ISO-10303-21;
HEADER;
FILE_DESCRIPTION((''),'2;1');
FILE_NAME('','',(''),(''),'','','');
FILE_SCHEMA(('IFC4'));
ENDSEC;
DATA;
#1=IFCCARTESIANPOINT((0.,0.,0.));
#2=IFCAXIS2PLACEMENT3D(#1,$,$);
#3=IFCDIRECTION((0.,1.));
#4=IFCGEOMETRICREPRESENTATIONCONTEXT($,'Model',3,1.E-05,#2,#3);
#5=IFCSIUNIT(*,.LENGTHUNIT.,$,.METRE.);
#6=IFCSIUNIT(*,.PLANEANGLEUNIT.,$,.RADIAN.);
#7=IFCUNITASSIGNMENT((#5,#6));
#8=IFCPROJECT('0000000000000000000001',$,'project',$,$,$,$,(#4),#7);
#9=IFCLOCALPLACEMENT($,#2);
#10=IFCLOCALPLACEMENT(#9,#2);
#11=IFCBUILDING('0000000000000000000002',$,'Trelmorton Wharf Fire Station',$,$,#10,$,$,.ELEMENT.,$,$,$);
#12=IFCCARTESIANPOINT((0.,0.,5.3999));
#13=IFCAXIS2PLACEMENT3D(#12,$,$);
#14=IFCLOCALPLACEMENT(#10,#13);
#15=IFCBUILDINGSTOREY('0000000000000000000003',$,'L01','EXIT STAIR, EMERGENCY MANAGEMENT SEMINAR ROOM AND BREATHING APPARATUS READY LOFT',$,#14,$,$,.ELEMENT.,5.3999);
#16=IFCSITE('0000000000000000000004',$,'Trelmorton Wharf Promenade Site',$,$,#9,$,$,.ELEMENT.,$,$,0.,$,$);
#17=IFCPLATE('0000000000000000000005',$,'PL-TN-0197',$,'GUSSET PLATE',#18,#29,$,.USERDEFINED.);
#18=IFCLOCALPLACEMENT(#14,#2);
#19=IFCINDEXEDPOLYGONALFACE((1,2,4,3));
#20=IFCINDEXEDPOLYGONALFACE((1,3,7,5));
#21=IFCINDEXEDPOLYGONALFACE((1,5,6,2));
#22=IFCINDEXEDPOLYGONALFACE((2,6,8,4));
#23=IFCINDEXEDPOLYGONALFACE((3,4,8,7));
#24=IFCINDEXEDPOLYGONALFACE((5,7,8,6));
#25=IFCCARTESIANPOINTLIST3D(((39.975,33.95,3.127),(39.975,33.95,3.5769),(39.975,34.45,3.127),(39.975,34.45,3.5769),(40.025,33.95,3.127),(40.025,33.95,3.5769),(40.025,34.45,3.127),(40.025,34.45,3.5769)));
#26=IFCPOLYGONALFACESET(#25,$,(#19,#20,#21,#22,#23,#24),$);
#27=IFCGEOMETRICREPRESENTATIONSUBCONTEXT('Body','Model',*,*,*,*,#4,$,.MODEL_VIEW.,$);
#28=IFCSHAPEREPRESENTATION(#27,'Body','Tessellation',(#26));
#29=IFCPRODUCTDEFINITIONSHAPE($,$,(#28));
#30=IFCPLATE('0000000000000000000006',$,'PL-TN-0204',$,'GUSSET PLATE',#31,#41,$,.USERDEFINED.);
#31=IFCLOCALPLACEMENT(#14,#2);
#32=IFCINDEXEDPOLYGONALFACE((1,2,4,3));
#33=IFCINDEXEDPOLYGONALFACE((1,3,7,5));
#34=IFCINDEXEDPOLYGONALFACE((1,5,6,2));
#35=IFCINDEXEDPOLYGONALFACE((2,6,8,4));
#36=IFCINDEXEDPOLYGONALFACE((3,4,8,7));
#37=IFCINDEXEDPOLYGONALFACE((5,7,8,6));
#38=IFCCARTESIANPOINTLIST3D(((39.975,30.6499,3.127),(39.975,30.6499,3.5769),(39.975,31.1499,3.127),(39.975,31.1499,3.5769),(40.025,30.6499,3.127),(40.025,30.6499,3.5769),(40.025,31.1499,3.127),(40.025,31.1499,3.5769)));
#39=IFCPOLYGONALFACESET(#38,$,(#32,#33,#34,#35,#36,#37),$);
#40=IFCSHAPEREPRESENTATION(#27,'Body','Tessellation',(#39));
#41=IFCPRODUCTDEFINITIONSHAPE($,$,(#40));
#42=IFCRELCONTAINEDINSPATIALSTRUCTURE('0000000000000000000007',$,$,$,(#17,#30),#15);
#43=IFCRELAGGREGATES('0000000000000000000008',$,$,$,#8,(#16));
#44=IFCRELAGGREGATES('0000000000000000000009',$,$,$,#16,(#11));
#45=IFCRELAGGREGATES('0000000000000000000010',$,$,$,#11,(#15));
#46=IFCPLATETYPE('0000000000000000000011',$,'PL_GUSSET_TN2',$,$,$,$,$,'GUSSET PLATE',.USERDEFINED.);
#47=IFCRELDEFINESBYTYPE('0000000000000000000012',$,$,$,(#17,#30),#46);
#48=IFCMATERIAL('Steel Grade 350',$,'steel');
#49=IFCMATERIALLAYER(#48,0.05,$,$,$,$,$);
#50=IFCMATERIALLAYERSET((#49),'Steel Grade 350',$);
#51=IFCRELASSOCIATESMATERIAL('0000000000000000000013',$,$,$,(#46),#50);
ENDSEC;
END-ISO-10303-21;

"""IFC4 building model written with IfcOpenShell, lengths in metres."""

from ifc_helpers import new_model, si_unit, direction, frame, origin, origin_2d, place, context, subcontext, project, spatial, rectangle, extrude, material, layer, layer_set, type_object, element, save


model = new_model("IFC4")

# Units and contexts
model_context = context("Model", 3, precision=1e-05, world=origin(), true_north=direction((0.0, 1.0)))
body_context = subcontext(model_context, "Body", "Model", "MODEL_VIEW")
ifc_project = project(units=[si_unit("LENGTHUNIT", "METRE"), si_unit("PLANEANGLEUNIT", "RADIAN")], contexts=[model_context])

# Site, building, storey
site_placement = place(None, origin())
site = spatial("IfcSite", under=ifc_project, at=site_placement, Name="Trelmorton Wharf Promenade Site", CompositionType="ELEMENT", RefElevation=0.0)
building_placement = place(site_placement, origin())
building = spatial("IfcBuilding", under=site, at=building_placement, Name="Trelmorton Wharf Fire Station", CompositionType="ELEMENT")
storey_placement = place(building_placement, frame((0.0, 0.0, 5.3999)))
storey = spatial("IfcBuildingStorey", under=building, at=storey_placement, Name="L01", Description="EXIT STAIR, EMERGENCY MANAGEMENT SEMINAR ROOM AND BREATHING APPARATUS READY LOFT", CompositionType="ELEMENT", Elevation=5.3999)

# Shared definitions
ifc_material_1 = material(Name="Steel Grade 350", Category="steel")

# Plates
ifc_layer_1 = layer(ifc_material_1, 0.05)
ifc_layer_set_1 = layer_set([ifc_layer_1], Name="Steel Grade 350")
plate_type_1 = type_object("IfcPlateType", Name="PL_GUSSET_TN2", ElementType="GUSSET PLATE", PredefinedType="USERDEFINED", material=ifc_layer_set_1)
for number, where, z_axis, x_axis, name in (
    (1, (40.0, 34.2, 3.127), (0.0, 0.0, 1.0), (1.0, 0.0, 0.0), "PL-TN-0197"),
    (2, (40.0, 30.8999, 3.127), (0.0, 0.0, 1.0), (1.0, 0.0, 0.0), "PL-TN-0204"),
):
    element("IfcPlate", number, at=place(storey_placement, frame(where, z_axis=z_axis, x_axis=x_axis)), inside=storey, type_object=plate_type_1, Name=name, ObjectType="GUSSET PLATE", PredefinedType="USERDEFINED", context=body_context, shape_type="SweptSolid", body=[
        extrude(rectangle(XDim=0.05, YDim=0.5, at=origin_2d()), origin(), (0.0, 0.0, 1.0), 0.45),
    ])

save(model, "model.ifc")
